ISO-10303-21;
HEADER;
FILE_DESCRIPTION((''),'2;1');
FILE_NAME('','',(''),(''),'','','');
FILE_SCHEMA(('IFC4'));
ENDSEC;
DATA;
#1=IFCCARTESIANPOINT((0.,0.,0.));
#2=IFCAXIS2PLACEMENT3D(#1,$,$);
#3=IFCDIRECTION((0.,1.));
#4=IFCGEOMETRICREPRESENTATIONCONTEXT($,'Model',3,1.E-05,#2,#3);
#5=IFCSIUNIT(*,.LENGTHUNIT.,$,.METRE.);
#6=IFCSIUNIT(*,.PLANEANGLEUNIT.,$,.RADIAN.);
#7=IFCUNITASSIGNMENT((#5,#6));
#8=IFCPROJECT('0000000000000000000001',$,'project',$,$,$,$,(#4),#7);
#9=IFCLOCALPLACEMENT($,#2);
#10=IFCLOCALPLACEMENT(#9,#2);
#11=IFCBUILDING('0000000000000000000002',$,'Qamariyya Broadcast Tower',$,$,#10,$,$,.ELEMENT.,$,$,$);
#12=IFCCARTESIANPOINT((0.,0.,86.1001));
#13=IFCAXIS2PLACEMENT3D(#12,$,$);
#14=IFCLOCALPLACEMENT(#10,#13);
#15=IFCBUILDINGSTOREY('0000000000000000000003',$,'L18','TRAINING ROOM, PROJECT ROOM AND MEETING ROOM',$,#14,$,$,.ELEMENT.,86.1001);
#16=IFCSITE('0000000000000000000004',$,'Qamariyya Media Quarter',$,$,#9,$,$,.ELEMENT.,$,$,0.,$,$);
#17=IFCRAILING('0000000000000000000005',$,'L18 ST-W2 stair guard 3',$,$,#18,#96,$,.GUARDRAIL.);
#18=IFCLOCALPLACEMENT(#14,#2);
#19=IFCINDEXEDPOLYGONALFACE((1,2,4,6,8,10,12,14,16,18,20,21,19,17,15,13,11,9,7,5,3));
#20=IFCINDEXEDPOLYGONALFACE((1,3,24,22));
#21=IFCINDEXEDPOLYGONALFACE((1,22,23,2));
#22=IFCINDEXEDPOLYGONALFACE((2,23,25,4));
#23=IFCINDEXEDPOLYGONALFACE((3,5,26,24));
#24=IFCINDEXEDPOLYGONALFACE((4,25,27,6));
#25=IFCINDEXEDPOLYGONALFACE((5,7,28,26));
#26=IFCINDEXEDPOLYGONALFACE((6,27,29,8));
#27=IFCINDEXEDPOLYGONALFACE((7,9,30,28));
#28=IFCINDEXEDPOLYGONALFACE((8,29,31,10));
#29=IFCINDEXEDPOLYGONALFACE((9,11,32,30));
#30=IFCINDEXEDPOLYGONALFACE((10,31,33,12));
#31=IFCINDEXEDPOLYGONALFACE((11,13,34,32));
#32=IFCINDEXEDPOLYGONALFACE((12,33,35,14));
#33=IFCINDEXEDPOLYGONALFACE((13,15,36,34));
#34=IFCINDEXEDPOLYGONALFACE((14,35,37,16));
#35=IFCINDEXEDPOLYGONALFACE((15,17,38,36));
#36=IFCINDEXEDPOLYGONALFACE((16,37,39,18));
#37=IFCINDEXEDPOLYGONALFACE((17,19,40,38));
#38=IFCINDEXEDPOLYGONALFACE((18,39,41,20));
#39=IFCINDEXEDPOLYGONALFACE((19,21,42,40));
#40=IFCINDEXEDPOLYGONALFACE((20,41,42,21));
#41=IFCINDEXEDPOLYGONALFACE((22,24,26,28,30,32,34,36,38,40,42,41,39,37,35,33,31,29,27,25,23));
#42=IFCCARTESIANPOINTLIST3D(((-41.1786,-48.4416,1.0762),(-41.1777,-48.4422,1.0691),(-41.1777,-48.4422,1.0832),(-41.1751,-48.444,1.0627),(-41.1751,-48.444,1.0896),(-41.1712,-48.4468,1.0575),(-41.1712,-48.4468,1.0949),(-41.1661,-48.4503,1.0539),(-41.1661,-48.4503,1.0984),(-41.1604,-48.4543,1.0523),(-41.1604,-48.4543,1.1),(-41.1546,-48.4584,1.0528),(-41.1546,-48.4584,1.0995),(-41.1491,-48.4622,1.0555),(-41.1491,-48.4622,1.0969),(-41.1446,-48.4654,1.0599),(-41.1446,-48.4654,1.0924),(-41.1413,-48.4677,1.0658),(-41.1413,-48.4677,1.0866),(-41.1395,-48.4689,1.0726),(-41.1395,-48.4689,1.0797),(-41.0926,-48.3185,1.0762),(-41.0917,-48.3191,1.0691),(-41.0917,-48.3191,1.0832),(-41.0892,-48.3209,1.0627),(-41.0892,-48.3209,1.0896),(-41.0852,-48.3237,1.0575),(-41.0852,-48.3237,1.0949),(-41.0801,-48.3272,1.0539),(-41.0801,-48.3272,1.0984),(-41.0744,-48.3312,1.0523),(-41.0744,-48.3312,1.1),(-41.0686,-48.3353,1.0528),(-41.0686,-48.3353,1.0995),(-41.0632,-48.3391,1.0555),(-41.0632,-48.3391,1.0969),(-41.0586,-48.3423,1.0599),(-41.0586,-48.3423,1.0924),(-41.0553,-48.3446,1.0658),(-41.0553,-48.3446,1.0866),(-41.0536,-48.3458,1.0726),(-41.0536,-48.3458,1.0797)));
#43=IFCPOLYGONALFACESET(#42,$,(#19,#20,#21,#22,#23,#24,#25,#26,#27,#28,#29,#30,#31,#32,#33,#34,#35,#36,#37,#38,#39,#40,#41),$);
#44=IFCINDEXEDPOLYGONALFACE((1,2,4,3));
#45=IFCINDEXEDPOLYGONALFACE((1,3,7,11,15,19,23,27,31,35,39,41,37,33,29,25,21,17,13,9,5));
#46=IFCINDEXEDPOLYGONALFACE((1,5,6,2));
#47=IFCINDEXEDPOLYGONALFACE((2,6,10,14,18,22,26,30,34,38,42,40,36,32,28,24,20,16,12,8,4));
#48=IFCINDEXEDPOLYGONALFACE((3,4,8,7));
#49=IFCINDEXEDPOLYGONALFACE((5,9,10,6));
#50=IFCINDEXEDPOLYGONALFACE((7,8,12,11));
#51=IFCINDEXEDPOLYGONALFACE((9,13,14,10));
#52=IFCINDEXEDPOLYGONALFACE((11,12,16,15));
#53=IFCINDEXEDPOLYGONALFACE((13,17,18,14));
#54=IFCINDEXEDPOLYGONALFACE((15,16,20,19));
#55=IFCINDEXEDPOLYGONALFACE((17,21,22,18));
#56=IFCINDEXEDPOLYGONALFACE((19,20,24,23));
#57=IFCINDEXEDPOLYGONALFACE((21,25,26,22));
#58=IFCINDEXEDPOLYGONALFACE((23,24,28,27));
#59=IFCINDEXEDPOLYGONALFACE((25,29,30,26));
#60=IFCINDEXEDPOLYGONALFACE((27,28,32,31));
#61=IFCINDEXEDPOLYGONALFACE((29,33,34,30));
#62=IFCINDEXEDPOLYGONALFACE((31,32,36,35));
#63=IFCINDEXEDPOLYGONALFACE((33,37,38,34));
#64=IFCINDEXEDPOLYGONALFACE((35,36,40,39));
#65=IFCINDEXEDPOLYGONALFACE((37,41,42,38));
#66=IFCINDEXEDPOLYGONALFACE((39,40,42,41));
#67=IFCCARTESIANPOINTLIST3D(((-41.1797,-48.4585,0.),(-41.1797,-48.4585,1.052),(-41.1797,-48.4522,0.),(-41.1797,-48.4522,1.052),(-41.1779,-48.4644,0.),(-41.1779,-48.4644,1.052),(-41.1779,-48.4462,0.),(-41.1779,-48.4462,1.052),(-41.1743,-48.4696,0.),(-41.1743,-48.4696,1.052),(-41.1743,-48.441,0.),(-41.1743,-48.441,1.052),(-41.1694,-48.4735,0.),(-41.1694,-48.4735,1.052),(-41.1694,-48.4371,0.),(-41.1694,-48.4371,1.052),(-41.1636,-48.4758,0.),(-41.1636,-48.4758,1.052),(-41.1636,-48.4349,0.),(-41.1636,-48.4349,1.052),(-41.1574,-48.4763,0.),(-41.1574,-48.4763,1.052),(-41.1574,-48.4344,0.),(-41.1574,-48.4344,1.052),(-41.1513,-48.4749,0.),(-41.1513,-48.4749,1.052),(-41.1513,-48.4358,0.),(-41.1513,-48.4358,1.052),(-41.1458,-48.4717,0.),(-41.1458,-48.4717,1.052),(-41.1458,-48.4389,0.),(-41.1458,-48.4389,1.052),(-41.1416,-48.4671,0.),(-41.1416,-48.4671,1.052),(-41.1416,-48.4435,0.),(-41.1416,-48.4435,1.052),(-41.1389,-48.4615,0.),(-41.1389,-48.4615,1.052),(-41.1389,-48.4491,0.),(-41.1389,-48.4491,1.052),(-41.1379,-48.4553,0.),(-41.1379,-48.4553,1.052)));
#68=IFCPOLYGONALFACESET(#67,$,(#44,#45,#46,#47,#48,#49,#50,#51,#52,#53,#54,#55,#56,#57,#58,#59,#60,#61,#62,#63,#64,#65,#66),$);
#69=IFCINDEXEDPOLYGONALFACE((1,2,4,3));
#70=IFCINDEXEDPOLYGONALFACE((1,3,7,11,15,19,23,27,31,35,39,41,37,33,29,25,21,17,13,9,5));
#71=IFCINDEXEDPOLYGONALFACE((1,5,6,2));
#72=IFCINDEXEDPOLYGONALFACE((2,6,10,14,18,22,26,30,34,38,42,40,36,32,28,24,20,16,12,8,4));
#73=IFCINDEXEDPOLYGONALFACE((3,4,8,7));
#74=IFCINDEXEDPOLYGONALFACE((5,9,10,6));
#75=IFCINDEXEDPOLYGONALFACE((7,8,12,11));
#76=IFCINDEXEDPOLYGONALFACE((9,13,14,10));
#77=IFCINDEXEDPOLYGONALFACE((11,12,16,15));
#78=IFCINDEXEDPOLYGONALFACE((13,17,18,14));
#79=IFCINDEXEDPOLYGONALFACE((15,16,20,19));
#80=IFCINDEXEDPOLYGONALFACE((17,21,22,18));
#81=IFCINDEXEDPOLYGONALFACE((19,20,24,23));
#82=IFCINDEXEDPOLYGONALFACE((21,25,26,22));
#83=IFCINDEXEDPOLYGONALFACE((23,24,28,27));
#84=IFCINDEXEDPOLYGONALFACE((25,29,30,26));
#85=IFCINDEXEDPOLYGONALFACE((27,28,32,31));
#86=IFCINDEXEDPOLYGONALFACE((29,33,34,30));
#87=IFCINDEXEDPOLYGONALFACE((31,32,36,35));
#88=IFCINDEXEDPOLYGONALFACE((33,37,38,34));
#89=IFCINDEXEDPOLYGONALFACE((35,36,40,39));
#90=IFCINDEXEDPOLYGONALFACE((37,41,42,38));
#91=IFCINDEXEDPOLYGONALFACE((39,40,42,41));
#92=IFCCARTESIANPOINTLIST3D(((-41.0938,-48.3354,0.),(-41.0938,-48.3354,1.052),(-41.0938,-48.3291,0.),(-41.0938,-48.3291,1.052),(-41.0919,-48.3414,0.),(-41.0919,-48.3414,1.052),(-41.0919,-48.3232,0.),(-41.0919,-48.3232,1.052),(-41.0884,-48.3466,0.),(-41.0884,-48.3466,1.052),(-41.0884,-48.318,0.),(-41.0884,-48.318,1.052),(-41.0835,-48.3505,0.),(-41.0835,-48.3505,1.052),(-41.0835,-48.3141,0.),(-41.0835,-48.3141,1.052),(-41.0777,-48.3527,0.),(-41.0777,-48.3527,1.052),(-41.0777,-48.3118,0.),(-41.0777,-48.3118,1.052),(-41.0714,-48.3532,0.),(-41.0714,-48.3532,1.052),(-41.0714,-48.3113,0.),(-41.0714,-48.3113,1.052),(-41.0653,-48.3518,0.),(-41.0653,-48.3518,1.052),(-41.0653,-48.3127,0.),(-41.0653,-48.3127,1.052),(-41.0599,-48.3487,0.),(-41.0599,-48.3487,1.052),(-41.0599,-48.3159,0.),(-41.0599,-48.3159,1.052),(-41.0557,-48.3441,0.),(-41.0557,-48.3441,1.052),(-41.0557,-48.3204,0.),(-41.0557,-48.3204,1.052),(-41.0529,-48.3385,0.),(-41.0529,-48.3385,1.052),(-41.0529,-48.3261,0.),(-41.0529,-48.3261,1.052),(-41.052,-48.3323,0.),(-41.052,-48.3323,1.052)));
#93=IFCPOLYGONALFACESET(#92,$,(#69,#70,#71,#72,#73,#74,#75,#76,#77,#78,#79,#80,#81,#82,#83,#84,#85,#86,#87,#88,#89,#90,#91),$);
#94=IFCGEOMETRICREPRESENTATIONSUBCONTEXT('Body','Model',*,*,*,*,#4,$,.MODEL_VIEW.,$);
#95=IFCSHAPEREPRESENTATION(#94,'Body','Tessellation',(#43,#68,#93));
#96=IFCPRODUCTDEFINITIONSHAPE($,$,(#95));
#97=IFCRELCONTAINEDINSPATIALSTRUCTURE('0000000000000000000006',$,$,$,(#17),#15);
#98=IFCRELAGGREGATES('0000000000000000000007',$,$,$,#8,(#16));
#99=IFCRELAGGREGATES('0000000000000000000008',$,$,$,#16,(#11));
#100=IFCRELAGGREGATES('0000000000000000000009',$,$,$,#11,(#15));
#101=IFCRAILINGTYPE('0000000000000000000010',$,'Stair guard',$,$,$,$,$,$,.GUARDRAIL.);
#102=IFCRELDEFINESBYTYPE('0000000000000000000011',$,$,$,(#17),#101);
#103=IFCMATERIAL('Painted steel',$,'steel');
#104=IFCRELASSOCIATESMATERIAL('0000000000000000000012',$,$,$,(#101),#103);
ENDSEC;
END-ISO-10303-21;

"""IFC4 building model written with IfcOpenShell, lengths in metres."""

from ifc_helpers import new_model, si_unit, direction, frame, origin, origin_2d, place, context, subcontext, project, spatial, circle, extrude, material, type_object, element, save


model = new_model("IFC4")

# Units and contexts
model_context = context("Model", 3, precision=1e-05, world=origin(), true_north=direction((0.0, 1.0)))
body_context = subcontext(model_context, "Body", "Model", "MODEL_VIEW")
ifc_project = project(units=[si_unit("LENGTHUNIT", "METRE"), si_unit("PLANEANGLEUNIT", "RADIAN")], contexts=[model_context])

# Site, building, storey
site_placement = place(None, origin())
site = spatial("IfcSite", under=ifc_project, at=site_placement, Name="Qamariyya Media Quarter", CompositionType="ELEMENT", RefElevation=0.0)
building_placement = place(site_placement, origin())
building = spatial("IfcBuilding", under=site, at=building_placement, Name="Qamariyya Broadcast Tower", CompositionType="ELEMENT")
storey_placement = place(building_placement, frame((0.0, 0.0, 86.1001)))
storey = spatial("IfcBuildingStorey", under=building, at=storey_placement, Name="L18", Description="TRAINING ROOM, PROJECT ROOM AND MEETING ROOM", CompositionType="ELEMENT", Elevation=86.1001)

# Railing
ifc_material_1 = material(Name="Painted steel", Category="steel")
railing_type_1 = type_object("IfcRailingType", Name="Stair guard", PredefinedType="GUARDRAIL", material=ifc_material_1)
railing_1_placement = place(storey_placement, frame((-41.1589, -48.4553, 0.0)))
element("IfcRailing", 1, at=railing_1_placement, inside=storey, type_object=railing_type_1, Name="L18 ST-W2 stair guard 3", PredefinedType="GUARDRAIL", context=body_context, shape_type="SweptSolid", body=[
    extrude(circle(Radius=0.0239, at=origin_2d()), frame((0.0, 0.0, 1.0762), z_axis=(0.572589, 0.819843, 0.0), x_axis=(-0.819843, 0.572589, 0.0)), (0.0, 0.0, 1.0), 0.1501),
    extrude(circle(Radius=0.021, at=origin_2d()), origin(), (0.0, 0.0, 1.0), 1.052),
    extrude(circle(Radius=0.021, at=origin_2d()), frame((0.0859, 0.123, 0.0)), (0.0, 0.0, 1.0), 1.052),
])

save(model, "model.ifc")
